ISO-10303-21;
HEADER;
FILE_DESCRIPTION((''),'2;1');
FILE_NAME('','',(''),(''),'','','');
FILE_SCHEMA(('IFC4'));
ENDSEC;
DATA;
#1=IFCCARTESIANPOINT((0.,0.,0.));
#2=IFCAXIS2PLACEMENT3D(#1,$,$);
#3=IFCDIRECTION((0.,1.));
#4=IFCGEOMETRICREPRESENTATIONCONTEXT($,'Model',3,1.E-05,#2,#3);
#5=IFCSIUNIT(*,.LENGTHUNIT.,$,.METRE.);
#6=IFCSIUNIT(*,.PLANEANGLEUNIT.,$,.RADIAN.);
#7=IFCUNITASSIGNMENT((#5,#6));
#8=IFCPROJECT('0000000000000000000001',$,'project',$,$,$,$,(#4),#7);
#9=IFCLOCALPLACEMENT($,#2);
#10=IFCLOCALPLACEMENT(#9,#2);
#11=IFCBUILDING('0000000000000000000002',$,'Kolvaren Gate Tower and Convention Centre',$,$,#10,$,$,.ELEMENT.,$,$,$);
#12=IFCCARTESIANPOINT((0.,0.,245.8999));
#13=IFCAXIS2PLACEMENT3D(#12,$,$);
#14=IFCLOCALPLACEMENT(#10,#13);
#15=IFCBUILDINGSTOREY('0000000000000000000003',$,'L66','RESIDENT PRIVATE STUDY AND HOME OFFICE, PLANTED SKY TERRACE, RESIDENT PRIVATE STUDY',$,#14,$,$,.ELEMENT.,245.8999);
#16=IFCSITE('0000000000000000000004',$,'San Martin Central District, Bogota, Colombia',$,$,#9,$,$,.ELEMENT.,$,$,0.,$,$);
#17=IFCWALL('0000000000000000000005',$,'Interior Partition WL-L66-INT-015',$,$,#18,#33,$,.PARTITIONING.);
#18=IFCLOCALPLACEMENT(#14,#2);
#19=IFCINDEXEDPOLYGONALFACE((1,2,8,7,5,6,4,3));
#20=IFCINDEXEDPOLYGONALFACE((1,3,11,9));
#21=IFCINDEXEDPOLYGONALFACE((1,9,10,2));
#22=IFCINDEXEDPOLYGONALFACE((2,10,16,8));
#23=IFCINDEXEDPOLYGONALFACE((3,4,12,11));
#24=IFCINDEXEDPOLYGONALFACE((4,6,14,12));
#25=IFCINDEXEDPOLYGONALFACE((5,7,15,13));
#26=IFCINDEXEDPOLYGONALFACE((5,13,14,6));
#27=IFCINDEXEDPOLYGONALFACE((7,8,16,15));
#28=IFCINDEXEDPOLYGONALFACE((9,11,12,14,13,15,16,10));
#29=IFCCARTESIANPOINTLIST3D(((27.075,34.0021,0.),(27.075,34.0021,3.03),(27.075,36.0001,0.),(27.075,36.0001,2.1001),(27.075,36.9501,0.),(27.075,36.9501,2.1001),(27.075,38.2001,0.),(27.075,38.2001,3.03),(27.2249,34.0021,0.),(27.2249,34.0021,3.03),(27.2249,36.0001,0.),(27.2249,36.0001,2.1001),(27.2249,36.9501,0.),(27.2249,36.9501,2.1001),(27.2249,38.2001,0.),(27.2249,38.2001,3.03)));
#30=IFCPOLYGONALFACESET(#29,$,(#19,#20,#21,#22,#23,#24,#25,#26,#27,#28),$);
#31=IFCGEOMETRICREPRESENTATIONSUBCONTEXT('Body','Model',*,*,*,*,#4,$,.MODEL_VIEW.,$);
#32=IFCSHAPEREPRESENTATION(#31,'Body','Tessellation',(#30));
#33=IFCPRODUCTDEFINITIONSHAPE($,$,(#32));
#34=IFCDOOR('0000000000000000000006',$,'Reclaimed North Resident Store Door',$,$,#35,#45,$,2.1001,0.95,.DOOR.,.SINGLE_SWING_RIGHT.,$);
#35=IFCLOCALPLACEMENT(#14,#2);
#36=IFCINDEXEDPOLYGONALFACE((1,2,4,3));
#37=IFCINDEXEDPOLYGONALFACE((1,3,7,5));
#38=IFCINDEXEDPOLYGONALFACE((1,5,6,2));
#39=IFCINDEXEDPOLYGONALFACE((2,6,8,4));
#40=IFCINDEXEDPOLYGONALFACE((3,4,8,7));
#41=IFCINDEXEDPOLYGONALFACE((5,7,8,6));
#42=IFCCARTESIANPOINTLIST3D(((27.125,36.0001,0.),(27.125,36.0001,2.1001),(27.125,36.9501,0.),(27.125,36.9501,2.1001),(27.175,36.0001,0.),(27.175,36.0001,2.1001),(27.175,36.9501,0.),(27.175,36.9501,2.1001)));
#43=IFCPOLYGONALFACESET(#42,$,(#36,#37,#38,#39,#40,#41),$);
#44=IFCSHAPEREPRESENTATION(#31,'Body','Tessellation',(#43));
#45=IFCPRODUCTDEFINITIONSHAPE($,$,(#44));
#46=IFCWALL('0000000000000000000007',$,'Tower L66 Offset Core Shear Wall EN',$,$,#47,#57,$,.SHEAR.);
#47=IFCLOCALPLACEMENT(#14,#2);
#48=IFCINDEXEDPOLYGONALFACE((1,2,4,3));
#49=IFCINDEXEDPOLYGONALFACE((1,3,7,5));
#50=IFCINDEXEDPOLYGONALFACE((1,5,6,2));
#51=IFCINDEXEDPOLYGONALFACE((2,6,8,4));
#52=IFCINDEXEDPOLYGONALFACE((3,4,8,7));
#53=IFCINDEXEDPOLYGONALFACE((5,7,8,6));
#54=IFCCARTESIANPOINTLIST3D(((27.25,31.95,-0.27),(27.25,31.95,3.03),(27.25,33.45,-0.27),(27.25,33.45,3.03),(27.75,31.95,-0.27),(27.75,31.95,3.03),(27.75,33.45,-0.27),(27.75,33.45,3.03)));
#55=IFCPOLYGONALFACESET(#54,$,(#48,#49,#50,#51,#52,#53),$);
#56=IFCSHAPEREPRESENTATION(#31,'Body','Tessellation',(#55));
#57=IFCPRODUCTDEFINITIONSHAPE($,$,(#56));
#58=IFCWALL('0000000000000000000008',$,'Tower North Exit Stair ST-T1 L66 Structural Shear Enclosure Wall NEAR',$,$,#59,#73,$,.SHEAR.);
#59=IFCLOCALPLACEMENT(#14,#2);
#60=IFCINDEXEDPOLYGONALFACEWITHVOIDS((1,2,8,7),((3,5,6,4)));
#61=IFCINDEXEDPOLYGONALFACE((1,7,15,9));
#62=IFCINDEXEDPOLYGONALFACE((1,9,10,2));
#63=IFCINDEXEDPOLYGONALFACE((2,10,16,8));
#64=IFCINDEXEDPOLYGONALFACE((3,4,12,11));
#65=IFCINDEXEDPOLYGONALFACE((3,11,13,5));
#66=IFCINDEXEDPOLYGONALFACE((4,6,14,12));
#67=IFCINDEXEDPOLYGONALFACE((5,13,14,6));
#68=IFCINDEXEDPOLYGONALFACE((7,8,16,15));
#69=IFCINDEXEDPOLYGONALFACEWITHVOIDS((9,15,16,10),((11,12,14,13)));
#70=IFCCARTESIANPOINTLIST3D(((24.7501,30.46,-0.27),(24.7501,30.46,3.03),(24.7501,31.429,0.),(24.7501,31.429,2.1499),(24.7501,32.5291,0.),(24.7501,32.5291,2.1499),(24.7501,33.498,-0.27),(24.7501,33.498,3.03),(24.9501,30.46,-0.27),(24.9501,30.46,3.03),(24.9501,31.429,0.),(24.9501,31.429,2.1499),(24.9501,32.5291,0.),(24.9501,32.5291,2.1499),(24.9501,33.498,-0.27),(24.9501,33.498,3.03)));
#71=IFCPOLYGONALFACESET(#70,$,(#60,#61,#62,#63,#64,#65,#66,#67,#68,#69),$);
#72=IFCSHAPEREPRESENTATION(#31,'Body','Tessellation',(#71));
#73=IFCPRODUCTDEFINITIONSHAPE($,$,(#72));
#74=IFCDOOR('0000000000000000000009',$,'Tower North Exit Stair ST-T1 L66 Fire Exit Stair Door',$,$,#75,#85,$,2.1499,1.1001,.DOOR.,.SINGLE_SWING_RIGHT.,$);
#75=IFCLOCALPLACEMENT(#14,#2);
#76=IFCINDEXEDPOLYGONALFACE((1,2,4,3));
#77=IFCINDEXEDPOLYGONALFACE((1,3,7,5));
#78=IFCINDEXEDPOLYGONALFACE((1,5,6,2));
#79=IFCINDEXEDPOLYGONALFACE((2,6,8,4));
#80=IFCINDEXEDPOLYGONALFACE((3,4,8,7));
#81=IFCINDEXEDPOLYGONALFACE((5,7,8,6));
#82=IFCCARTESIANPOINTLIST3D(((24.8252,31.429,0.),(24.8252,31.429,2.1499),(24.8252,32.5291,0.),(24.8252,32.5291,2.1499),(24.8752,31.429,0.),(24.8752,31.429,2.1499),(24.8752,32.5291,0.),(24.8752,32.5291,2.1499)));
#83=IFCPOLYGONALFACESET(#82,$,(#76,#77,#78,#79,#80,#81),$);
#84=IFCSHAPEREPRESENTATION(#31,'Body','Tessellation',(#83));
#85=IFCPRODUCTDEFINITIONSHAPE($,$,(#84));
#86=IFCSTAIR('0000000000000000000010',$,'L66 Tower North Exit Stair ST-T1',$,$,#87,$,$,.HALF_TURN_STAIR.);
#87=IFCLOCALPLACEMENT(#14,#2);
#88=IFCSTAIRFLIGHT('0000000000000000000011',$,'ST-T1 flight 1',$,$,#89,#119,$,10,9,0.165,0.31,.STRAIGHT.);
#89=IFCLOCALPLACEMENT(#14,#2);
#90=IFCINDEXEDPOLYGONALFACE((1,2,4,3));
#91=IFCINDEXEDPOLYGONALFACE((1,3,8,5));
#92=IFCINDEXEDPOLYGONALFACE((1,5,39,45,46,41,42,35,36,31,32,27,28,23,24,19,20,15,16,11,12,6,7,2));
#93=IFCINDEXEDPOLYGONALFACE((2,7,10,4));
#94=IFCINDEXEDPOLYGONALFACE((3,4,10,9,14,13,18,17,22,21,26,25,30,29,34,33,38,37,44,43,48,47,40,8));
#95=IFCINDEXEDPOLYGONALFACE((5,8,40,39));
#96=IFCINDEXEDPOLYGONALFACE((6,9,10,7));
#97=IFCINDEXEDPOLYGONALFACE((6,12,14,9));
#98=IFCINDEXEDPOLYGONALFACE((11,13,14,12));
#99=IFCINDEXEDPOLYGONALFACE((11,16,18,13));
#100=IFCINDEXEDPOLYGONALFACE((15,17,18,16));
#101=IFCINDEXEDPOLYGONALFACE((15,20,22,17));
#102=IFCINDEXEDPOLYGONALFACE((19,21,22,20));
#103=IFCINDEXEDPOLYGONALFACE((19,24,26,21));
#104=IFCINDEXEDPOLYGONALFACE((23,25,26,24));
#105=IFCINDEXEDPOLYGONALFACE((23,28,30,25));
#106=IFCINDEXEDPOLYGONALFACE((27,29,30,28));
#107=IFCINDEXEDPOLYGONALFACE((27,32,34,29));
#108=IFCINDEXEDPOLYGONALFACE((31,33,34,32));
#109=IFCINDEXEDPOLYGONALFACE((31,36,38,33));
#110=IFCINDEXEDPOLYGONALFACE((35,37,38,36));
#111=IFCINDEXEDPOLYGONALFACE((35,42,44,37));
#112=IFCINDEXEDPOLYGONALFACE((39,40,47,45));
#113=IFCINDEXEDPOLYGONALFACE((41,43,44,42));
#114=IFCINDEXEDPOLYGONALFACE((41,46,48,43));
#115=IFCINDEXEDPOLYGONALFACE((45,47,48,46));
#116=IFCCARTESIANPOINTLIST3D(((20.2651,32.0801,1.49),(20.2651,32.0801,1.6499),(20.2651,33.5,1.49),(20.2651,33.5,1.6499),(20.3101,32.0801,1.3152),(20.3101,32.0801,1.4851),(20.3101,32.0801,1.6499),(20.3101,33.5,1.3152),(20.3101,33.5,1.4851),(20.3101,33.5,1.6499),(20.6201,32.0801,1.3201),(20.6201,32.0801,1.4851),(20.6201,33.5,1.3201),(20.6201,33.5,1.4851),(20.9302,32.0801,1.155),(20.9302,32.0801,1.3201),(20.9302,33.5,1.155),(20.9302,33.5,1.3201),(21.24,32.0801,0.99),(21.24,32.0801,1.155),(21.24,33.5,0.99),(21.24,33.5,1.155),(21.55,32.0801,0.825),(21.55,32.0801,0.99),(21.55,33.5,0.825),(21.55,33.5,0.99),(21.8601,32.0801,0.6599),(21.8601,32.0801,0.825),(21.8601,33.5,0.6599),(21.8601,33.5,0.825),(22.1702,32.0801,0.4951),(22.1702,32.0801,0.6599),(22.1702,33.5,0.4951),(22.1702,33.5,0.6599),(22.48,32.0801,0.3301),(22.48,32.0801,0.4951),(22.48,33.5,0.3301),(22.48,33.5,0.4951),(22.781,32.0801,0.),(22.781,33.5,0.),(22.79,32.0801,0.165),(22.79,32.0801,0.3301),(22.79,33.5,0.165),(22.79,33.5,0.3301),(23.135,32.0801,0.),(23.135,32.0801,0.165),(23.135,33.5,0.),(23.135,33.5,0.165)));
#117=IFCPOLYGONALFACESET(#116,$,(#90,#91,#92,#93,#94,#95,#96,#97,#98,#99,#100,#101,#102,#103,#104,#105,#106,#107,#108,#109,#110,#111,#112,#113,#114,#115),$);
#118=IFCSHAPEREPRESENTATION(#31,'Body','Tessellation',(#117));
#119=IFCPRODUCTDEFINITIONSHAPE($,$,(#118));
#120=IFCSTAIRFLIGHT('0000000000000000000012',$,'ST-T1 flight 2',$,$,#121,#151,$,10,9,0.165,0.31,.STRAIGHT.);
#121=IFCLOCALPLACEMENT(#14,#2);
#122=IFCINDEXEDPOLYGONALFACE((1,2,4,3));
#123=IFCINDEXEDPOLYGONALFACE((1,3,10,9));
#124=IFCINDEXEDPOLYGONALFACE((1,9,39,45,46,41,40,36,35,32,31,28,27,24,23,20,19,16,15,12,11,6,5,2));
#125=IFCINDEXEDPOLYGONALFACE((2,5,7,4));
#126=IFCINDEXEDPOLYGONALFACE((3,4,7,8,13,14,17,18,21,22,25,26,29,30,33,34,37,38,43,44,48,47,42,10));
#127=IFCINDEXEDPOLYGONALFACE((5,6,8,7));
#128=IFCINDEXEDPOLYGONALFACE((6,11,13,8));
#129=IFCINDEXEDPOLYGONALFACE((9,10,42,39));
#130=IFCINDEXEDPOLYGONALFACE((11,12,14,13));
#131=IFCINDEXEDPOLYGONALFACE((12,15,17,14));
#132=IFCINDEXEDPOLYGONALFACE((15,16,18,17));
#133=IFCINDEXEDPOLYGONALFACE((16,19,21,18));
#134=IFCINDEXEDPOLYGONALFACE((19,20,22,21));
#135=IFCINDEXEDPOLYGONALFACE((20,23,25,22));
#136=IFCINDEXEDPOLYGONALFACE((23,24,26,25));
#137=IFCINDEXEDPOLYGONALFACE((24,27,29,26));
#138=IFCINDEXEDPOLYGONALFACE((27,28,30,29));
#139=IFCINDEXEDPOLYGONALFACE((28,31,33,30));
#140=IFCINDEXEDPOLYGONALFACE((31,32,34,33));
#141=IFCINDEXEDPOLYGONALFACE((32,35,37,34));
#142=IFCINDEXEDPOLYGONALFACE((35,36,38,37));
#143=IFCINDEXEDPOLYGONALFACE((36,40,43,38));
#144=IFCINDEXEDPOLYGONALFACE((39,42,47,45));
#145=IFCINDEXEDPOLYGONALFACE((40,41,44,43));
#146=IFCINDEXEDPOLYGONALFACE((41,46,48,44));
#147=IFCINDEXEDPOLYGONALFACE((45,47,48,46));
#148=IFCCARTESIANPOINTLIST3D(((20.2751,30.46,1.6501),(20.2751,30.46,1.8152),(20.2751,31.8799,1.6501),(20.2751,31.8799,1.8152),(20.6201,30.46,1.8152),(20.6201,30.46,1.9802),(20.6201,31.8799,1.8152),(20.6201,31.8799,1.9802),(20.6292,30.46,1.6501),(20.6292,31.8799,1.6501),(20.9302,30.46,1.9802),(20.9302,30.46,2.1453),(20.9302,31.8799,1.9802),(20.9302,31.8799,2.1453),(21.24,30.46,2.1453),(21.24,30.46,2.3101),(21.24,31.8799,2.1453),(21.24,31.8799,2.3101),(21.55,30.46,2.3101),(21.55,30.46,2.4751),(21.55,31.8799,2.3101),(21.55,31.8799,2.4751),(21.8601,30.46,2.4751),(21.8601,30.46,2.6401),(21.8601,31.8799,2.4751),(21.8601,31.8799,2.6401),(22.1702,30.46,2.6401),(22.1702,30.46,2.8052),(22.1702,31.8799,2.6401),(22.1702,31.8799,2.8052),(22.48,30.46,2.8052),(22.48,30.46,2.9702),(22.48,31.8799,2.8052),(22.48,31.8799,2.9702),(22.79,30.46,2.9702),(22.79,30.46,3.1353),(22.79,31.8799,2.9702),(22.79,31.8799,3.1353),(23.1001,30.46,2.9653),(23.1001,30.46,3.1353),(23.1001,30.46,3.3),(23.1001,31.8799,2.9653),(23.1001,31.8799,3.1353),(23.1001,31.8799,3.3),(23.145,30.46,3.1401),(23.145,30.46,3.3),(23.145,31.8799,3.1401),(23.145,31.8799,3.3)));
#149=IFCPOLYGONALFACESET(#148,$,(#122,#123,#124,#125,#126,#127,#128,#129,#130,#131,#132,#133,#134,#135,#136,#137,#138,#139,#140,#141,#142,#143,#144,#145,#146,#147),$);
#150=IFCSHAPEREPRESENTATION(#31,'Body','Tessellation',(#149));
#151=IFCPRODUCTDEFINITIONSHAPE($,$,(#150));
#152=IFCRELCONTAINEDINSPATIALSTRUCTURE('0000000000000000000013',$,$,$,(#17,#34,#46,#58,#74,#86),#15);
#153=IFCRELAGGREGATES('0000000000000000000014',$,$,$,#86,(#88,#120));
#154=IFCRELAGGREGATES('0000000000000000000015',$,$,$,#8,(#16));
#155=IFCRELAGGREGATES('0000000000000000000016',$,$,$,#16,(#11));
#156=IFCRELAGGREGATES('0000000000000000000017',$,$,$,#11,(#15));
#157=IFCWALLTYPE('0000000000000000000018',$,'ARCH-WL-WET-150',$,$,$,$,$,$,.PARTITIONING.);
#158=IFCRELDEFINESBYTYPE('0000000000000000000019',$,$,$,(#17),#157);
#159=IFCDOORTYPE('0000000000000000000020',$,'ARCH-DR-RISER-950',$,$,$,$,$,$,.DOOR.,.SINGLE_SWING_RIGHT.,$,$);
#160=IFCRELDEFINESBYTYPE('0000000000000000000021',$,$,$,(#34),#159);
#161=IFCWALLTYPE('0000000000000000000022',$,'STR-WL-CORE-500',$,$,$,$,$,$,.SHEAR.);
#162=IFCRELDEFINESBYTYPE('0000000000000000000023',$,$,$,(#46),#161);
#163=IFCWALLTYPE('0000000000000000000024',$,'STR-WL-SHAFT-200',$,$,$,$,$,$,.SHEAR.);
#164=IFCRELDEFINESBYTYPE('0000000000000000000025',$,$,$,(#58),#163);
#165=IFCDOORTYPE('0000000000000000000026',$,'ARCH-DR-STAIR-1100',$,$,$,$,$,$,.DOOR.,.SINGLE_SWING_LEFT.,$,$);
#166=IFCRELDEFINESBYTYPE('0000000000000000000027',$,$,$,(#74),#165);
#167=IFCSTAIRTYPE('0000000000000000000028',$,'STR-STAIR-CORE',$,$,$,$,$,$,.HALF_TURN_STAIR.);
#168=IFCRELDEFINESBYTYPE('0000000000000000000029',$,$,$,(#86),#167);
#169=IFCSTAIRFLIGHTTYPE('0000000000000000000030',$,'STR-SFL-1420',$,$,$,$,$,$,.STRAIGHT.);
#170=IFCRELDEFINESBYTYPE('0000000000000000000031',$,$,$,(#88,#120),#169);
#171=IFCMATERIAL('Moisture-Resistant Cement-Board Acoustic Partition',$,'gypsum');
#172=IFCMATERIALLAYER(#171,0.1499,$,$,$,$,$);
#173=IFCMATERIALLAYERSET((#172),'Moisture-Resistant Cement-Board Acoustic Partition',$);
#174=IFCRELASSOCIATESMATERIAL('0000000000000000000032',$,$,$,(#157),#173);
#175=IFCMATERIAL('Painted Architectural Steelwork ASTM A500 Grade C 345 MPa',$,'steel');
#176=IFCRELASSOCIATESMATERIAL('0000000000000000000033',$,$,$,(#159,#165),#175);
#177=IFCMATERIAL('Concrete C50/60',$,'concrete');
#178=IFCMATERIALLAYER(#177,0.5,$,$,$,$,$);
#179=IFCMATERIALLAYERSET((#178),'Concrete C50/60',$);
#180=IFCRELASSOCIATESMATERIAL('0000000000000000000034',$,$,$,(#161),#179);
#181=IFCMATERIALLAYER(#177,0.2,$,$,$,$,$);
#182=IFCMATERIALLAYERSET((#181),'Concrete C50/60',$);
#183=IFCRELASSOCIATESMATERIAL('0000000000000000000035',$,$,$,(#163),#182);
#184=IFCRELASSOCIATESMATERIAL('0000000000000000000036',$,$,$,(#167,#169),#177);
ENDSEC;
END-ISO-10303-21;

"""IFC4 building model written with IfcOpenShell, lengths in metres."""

from ifc_helpers import new_model, si_unit, direction, frame, frame_2d, origin, place, context, subcontext, project, spatial, polyline, rectangle, outline, extrude, material, layer, layer_set, type_object, element, fill, aggregate, save


model = new_model("IFC4")

# Units and contexts
model_context = context("Model", 3, precision=1e-05, world=origin(), true_north=direction((0.0, 1.0)))
body_context = subcontext(model_context, "Body", "Model", "MODEL_VIEW")
ifc_project = project(units=[si_unit("LENGTHUNIT", "METRE"), si_unit("PLANEANGLEUNIT", "RADIAN")], contexts=[model_context])

# Site, building, storey
site_placement = place(None, origin())
site = spatial("IfcSite", under=ifc_project, at=site_placement, Name="San Martin Central District, Bogota, Colombia", CompositionType="ELEMENT", RefElevation=0.0)
building_placement = place(site_placement, origin())
building = spatial("IfcBuilding", under=site, at=building_placement, Name="Kolvaren Gate Tower and Convention Centre", CompositionType="ELEMENT")
storey_placement = place(building_placement, frame((0.0, 0.0, 245.8999)))
storey = spatial("IfcBuildingStorey", under=building, at=storey_placement, Name="L66", Description="RESIDENT PRIVATE STUDY AND HOME OFFICE, PLANTED SKY TERRACE, RESIDENT PRIVATE STUDY", CompositionType="ELEMENT", Elevation=245.8999)

# Shared definitions
ifc_material_1 = material(Name="Moisture-Resistant Cement-Board Acoustic Partition", Category="gypsum")
ifc_layer_1 = layer(ifc_material_1, 0.1499)
ifc_layer_set_1 = layer_set([ifc_layer_1], Name="Moisture-Resistant Cement-Board Acoustic Partition")
wall_type_1 = type_object("IfcWallType", Name="ARCH-WL-WET-150", PredefinedType="PARTITIONING", material=ifc_layer_set_1)

# Wall, opening, door
wall_1_placement = place(storey_placement, frame((27.1499, 34.002, 0.0), z_axis=(0.0, 0.0, 1.0), x_axis=(0.0, 1.0, 0.0)))
wall_1 = element("IfcWall", 1, at=wall_1_placement, inside=storey, type_object=wall_type_1, Name="Interior Partition WL-L66-INT-015", PredefinedType="PARTITIONING", context=body_context, shape_type="SweptSolid", body=[
    extrude(rectangle(XDim=4.198, YDim=0.1499, at=frame_2d((2.0991, 0.0))), origin(), (0.0, 0.0, 1.0), 3.03),
])
opening_1_placement = place(wall_1_placement, frame((1.998, 0.0, 0.0)))
opening_1 = element("IfcOpeningElement", 2, at=opening_1_placement, cuts=wall_1, PredefinedType="OPENING", context=body_context, shape_type="SweptSolid", body=[
    extrude(rectangle(XDim=0.95, YDim=2.1001, at=frame_2d((0.4751, 1.05))), frame((0.0, 0.085, 0.0), z_axis=(0.0, -1.0, 0.0), x_axis=(1.0, 0.0, 0.0)), (0.0, 0.0, 1.0), 0.1699),
])
ifc_material_2 = material(Name="Painted Architectural Steelwork ASTM A500 Grade C 345 MPa", Category="steel")
door_type_1 = type_object("IfcDoorType", Name="ARCH-DR-RISER-950", OperationType="SINGLE_SWING_RIGHT", PredefinedType="DOOR", material=ifc_material_2)
door_1_placement = place(opening_1_placement, origin())
door_1 = element("IfcDoor", 3, at=door_1_placement, inside=storey, type_object=door_type_1, Name="Reclaimed North Resident Store Door", OperationType="SINGLE_SWING_RIGHT", OverallHeight=2.1001, OverallWidth=0.95, PredefinedType="DOOR", context=body_context, shape_type="SweptSolid", body=[
    extrude(rectangle(XDim=0.95, YDim=2.1001, at=frame_2d((0.4751, 1.05))), frame((0.0, 0.0249, 0.0), z_axis=(0.0, -1.0, 0.0), x_axis=(1.0, 0.0, 0.0)), (0.0, 0.0, 1.0), 0.05),
])
fill(opening_1, door_1)

# Wall
ifc_material_3 = material(Name="Concrete C50/60", Category="concrete")
ifc_layer_2 = layer(ifc_material_3, 0.5)
ifc_layer_set_2 = layer_set([ifc_layer_2], Name="Concrete C50/60")
wall_type_2 = type_object("IfcWallType", Name="STR-WL-CORE-500", PredefinedType="SHEAR", material=ifc_layer_set_2)
wall_2_placement = place(storey_placement, frame((27.5, 31.95, -0.27), z_axis=(0.0, 0.0, 1.0), x_axis=(0.0, 1.0, 0.0)))
element("IfcWall", 4, at=wall_2_placement, inside=storey, type_object=wall_type_2, Name="Tower L66 Offset Core Shear Wall EN", PredefinedType="SHEAR", context=body_context, shape_type="SweptSolid", body=[
    extrude(rectangle(XDim=1.5, YDim=0.5, at=frame_2d((0.75, 0.0))), origin(), (0.0, 0.0, 1.0), 3.3),
])

# Wall, opening, door
ifc_layer_3 = layer(ifc_material_3, 0.2)
ifc_layer_set_3 = layer_set([ifc_layer_3], Name="Concrete C50/60")
wall_type_3 = type_object("IfcWallType", Name="STR-WL-SHAFT-200", PredefinedType="SHEAR", material=ifc_layer_set_3)
wall_3_placement = place(storey_placement, frame((24.8501, 30.46, -0.27), z_axis=(0.0, 0.0, 1.0), x_axis=(0.0, 1.0, 0.0)))
wall_3 = element("IfcWall", 5, at=wall_3_placement, inside=storey, type_object=wall_type_3, Name="Tower North Exit Stair ST-T1 L66 Structural Shear Enclosure Wall NEAR", PredefinedType="SHEAR", context=body_context, shape_type="SweptSolid", body=[
    extrude(rectangle(XDim=3.0381, YDim=0.2, at=frame_2d((1.519, 0.0))), origin(), (0.0, 0.0, 1.0), 3.3),
])
opening_2_placement = place(wall_3_placement, frame((0.969, 0.0, 0.27)))
opening_2 = element("IfcOpeningElement", 6, at=opening_2_placement, cuts=wall_3, PredefinedType="OPENING", context=body_context, shape_type="SweptSolid", body=[
    extrude(rectangle(XDim=1.1001, YDim=2.1499, at=frame_2d((0.55, 1.075))), frame((0.0, 0.1099, 0.0), z_axis=(0.0, -1.0, 0.0), x_axis=(1.0, 0.0, 0.0)), (0.0, 0.0, 1.0), 0.22),
])
door_type_2 = type_object("IfcDoorType", Name="ARCH-DR-STAIR-1100", OperationType="SINGLE_SWING_LEFT", PredefinedType="DOOR", material=ifc_material_2)
door_2_placement = place(opening_2_placement, origin())
door_2 = element("IfcDoor", 7, at=door_2_placement, inside=storey, type_object=door_type_2, Name="Tower North Exit Stair ST-T1 L66 Fire Exit Stair Door", OperationType="SINGLE_SWING_RIGHT", OverallHeight=2.1499, OverallWidth=1.1001, PredefinedType="DOOR", context=body_context, shape_type="SweptSolid", body=[
    extrude(rectangle(XDim=1.1001, YDim=2.1499, at=frame_2d((0.55, 1.075))), frame((0.0, 0.0249, 0.0), z_axis=(0.0, -1.0, 0.0), x_axis=(1.0, 0.0, 0.0)), (0.0, 0.0, 1.0), 0.05),
])
fill(opening_2, door_2)

# Stair, stair flights
stair_type = type_object("IfcStairType", Name="STR-STAIR-CORE", PredefinedType="HALF_TURN_STAIR", material=ifc_material_3)
stair_placement = place(storey_placement, origin())
stair = element("IfcStair", 8, at=stair_placement, inside=storey, type_object=stair_type, Name="L66 Tower North Exit Stair ST-T1", PredefinedType="HALF_TURN_STAIR")
stair_flight_type = type_object("IfcStairFlightType", Name="STR-SFL-1420", PredefinedType="STRAIGHT", material=ifc_material_3)
stair_flight_1_placement = place(storey_placement, frame((23.1001, 32.79, 0.0), z_axis=(0.0, 0.0, 1.0), x_axis=(-1.0, 0.0, 0.0)))
stair_flight_1 = element("IfcStairFlight", 9, at=stair_flight_1_placement, type_object=stair_flight_type, Name="ST-T1 flight 1", NumberOfRisers=10, NumberOfTreads=9, PredefinedType="STRAIGHT", RiserHeight=0.165, TreadLength=0.31, context=body_context, shape_type="SweptSolid", body=[
    extrude(outline(polyline([(-0.0349, 0.0), (-0.0349, 0.165), (0.3101, 0.165), (0.3101, 0.3301), (0.6201, 0.3301), (0.6201, 0.4951), (0.9299, 0.4951), (0.9299, 0.6599), (1.24, 0.6599), (1.24, 0.825), (1.55, 0.825), (1.55, 0.99), (1.8601, 0.99), (1.8601, 1.155), (2.1699, 1.155), (2.1699, 1.3201), (2.48, 1.3201), (2.48, 1.4851), (2.79, 1.4851), (2.79, 1.6499), (2.835, 1.6499), (2.835, 1.49), (2.79, 1.3152), (0.3191, 0.0), (-0.0349, 0.0)])), frame((0.0, 0.71, 0.0), z_axis=(0.0, -1.0, 0.0), x_axis=(1.0, 0.0, 0.0)), (0.0, 0.0, 1.0), 1.4199),
])
stair_flight_2_placement = place(storey_placement, frame((20.3101, 31.1699, 1.6501), z_axis=(0.0, 0.0, 1.0), x_axis=(1.0, 0.0, 0.0)))
stair_flight_2 = element("IfcStairFlight", 10, at=stair_flight_2_placement, type_object=stair_flight_type, Name="ST-T1 flight 2", NumberOfRisers=10, NumberOfTreads=9, PredefinedType="STRAIGHT", RiserHeight=0.165, TreadLength=0.31, context=body_context, shape_type="SweptSolid", body=[
    extrude(outline(polyline([(-0.0349, 0.0), (-0.0349, 0.165), (0.3101, 0.165), (0.3101, 0.3301), (0.6201, 0.3301), (0.6201, 0.4951), (0.9299, 0.4951), (0.9299, 0.6599), (1.24, 0.6599), (1.24, 0.825), (1.55, 0.825), (1.55, 0.99), (1.8601, 0.99), (1.8601, 1.155), (2.1699, 1.155), (2.1699, 1.3201), (2.48, 1.3201), (2.48, 1.4851), (2.79, 1.4851), (2.79, 1.6499), (2.835, 1.6499), (2.835, 1.49), (2.79, 1.3152), (0.3191, 0.0), (-0.0349, 0.0)])), frame((0.0, 0.71, 0.0), z_axis=(0.0, -1.0, 0.0), x_axis=(1.0, 0.0, 0.0)), (0.0, 0.0, 1.0), 1.4199),
])
aggregate(stair, [stair_flight_1, stair_flight_2])

save(model, "model.ifc")
